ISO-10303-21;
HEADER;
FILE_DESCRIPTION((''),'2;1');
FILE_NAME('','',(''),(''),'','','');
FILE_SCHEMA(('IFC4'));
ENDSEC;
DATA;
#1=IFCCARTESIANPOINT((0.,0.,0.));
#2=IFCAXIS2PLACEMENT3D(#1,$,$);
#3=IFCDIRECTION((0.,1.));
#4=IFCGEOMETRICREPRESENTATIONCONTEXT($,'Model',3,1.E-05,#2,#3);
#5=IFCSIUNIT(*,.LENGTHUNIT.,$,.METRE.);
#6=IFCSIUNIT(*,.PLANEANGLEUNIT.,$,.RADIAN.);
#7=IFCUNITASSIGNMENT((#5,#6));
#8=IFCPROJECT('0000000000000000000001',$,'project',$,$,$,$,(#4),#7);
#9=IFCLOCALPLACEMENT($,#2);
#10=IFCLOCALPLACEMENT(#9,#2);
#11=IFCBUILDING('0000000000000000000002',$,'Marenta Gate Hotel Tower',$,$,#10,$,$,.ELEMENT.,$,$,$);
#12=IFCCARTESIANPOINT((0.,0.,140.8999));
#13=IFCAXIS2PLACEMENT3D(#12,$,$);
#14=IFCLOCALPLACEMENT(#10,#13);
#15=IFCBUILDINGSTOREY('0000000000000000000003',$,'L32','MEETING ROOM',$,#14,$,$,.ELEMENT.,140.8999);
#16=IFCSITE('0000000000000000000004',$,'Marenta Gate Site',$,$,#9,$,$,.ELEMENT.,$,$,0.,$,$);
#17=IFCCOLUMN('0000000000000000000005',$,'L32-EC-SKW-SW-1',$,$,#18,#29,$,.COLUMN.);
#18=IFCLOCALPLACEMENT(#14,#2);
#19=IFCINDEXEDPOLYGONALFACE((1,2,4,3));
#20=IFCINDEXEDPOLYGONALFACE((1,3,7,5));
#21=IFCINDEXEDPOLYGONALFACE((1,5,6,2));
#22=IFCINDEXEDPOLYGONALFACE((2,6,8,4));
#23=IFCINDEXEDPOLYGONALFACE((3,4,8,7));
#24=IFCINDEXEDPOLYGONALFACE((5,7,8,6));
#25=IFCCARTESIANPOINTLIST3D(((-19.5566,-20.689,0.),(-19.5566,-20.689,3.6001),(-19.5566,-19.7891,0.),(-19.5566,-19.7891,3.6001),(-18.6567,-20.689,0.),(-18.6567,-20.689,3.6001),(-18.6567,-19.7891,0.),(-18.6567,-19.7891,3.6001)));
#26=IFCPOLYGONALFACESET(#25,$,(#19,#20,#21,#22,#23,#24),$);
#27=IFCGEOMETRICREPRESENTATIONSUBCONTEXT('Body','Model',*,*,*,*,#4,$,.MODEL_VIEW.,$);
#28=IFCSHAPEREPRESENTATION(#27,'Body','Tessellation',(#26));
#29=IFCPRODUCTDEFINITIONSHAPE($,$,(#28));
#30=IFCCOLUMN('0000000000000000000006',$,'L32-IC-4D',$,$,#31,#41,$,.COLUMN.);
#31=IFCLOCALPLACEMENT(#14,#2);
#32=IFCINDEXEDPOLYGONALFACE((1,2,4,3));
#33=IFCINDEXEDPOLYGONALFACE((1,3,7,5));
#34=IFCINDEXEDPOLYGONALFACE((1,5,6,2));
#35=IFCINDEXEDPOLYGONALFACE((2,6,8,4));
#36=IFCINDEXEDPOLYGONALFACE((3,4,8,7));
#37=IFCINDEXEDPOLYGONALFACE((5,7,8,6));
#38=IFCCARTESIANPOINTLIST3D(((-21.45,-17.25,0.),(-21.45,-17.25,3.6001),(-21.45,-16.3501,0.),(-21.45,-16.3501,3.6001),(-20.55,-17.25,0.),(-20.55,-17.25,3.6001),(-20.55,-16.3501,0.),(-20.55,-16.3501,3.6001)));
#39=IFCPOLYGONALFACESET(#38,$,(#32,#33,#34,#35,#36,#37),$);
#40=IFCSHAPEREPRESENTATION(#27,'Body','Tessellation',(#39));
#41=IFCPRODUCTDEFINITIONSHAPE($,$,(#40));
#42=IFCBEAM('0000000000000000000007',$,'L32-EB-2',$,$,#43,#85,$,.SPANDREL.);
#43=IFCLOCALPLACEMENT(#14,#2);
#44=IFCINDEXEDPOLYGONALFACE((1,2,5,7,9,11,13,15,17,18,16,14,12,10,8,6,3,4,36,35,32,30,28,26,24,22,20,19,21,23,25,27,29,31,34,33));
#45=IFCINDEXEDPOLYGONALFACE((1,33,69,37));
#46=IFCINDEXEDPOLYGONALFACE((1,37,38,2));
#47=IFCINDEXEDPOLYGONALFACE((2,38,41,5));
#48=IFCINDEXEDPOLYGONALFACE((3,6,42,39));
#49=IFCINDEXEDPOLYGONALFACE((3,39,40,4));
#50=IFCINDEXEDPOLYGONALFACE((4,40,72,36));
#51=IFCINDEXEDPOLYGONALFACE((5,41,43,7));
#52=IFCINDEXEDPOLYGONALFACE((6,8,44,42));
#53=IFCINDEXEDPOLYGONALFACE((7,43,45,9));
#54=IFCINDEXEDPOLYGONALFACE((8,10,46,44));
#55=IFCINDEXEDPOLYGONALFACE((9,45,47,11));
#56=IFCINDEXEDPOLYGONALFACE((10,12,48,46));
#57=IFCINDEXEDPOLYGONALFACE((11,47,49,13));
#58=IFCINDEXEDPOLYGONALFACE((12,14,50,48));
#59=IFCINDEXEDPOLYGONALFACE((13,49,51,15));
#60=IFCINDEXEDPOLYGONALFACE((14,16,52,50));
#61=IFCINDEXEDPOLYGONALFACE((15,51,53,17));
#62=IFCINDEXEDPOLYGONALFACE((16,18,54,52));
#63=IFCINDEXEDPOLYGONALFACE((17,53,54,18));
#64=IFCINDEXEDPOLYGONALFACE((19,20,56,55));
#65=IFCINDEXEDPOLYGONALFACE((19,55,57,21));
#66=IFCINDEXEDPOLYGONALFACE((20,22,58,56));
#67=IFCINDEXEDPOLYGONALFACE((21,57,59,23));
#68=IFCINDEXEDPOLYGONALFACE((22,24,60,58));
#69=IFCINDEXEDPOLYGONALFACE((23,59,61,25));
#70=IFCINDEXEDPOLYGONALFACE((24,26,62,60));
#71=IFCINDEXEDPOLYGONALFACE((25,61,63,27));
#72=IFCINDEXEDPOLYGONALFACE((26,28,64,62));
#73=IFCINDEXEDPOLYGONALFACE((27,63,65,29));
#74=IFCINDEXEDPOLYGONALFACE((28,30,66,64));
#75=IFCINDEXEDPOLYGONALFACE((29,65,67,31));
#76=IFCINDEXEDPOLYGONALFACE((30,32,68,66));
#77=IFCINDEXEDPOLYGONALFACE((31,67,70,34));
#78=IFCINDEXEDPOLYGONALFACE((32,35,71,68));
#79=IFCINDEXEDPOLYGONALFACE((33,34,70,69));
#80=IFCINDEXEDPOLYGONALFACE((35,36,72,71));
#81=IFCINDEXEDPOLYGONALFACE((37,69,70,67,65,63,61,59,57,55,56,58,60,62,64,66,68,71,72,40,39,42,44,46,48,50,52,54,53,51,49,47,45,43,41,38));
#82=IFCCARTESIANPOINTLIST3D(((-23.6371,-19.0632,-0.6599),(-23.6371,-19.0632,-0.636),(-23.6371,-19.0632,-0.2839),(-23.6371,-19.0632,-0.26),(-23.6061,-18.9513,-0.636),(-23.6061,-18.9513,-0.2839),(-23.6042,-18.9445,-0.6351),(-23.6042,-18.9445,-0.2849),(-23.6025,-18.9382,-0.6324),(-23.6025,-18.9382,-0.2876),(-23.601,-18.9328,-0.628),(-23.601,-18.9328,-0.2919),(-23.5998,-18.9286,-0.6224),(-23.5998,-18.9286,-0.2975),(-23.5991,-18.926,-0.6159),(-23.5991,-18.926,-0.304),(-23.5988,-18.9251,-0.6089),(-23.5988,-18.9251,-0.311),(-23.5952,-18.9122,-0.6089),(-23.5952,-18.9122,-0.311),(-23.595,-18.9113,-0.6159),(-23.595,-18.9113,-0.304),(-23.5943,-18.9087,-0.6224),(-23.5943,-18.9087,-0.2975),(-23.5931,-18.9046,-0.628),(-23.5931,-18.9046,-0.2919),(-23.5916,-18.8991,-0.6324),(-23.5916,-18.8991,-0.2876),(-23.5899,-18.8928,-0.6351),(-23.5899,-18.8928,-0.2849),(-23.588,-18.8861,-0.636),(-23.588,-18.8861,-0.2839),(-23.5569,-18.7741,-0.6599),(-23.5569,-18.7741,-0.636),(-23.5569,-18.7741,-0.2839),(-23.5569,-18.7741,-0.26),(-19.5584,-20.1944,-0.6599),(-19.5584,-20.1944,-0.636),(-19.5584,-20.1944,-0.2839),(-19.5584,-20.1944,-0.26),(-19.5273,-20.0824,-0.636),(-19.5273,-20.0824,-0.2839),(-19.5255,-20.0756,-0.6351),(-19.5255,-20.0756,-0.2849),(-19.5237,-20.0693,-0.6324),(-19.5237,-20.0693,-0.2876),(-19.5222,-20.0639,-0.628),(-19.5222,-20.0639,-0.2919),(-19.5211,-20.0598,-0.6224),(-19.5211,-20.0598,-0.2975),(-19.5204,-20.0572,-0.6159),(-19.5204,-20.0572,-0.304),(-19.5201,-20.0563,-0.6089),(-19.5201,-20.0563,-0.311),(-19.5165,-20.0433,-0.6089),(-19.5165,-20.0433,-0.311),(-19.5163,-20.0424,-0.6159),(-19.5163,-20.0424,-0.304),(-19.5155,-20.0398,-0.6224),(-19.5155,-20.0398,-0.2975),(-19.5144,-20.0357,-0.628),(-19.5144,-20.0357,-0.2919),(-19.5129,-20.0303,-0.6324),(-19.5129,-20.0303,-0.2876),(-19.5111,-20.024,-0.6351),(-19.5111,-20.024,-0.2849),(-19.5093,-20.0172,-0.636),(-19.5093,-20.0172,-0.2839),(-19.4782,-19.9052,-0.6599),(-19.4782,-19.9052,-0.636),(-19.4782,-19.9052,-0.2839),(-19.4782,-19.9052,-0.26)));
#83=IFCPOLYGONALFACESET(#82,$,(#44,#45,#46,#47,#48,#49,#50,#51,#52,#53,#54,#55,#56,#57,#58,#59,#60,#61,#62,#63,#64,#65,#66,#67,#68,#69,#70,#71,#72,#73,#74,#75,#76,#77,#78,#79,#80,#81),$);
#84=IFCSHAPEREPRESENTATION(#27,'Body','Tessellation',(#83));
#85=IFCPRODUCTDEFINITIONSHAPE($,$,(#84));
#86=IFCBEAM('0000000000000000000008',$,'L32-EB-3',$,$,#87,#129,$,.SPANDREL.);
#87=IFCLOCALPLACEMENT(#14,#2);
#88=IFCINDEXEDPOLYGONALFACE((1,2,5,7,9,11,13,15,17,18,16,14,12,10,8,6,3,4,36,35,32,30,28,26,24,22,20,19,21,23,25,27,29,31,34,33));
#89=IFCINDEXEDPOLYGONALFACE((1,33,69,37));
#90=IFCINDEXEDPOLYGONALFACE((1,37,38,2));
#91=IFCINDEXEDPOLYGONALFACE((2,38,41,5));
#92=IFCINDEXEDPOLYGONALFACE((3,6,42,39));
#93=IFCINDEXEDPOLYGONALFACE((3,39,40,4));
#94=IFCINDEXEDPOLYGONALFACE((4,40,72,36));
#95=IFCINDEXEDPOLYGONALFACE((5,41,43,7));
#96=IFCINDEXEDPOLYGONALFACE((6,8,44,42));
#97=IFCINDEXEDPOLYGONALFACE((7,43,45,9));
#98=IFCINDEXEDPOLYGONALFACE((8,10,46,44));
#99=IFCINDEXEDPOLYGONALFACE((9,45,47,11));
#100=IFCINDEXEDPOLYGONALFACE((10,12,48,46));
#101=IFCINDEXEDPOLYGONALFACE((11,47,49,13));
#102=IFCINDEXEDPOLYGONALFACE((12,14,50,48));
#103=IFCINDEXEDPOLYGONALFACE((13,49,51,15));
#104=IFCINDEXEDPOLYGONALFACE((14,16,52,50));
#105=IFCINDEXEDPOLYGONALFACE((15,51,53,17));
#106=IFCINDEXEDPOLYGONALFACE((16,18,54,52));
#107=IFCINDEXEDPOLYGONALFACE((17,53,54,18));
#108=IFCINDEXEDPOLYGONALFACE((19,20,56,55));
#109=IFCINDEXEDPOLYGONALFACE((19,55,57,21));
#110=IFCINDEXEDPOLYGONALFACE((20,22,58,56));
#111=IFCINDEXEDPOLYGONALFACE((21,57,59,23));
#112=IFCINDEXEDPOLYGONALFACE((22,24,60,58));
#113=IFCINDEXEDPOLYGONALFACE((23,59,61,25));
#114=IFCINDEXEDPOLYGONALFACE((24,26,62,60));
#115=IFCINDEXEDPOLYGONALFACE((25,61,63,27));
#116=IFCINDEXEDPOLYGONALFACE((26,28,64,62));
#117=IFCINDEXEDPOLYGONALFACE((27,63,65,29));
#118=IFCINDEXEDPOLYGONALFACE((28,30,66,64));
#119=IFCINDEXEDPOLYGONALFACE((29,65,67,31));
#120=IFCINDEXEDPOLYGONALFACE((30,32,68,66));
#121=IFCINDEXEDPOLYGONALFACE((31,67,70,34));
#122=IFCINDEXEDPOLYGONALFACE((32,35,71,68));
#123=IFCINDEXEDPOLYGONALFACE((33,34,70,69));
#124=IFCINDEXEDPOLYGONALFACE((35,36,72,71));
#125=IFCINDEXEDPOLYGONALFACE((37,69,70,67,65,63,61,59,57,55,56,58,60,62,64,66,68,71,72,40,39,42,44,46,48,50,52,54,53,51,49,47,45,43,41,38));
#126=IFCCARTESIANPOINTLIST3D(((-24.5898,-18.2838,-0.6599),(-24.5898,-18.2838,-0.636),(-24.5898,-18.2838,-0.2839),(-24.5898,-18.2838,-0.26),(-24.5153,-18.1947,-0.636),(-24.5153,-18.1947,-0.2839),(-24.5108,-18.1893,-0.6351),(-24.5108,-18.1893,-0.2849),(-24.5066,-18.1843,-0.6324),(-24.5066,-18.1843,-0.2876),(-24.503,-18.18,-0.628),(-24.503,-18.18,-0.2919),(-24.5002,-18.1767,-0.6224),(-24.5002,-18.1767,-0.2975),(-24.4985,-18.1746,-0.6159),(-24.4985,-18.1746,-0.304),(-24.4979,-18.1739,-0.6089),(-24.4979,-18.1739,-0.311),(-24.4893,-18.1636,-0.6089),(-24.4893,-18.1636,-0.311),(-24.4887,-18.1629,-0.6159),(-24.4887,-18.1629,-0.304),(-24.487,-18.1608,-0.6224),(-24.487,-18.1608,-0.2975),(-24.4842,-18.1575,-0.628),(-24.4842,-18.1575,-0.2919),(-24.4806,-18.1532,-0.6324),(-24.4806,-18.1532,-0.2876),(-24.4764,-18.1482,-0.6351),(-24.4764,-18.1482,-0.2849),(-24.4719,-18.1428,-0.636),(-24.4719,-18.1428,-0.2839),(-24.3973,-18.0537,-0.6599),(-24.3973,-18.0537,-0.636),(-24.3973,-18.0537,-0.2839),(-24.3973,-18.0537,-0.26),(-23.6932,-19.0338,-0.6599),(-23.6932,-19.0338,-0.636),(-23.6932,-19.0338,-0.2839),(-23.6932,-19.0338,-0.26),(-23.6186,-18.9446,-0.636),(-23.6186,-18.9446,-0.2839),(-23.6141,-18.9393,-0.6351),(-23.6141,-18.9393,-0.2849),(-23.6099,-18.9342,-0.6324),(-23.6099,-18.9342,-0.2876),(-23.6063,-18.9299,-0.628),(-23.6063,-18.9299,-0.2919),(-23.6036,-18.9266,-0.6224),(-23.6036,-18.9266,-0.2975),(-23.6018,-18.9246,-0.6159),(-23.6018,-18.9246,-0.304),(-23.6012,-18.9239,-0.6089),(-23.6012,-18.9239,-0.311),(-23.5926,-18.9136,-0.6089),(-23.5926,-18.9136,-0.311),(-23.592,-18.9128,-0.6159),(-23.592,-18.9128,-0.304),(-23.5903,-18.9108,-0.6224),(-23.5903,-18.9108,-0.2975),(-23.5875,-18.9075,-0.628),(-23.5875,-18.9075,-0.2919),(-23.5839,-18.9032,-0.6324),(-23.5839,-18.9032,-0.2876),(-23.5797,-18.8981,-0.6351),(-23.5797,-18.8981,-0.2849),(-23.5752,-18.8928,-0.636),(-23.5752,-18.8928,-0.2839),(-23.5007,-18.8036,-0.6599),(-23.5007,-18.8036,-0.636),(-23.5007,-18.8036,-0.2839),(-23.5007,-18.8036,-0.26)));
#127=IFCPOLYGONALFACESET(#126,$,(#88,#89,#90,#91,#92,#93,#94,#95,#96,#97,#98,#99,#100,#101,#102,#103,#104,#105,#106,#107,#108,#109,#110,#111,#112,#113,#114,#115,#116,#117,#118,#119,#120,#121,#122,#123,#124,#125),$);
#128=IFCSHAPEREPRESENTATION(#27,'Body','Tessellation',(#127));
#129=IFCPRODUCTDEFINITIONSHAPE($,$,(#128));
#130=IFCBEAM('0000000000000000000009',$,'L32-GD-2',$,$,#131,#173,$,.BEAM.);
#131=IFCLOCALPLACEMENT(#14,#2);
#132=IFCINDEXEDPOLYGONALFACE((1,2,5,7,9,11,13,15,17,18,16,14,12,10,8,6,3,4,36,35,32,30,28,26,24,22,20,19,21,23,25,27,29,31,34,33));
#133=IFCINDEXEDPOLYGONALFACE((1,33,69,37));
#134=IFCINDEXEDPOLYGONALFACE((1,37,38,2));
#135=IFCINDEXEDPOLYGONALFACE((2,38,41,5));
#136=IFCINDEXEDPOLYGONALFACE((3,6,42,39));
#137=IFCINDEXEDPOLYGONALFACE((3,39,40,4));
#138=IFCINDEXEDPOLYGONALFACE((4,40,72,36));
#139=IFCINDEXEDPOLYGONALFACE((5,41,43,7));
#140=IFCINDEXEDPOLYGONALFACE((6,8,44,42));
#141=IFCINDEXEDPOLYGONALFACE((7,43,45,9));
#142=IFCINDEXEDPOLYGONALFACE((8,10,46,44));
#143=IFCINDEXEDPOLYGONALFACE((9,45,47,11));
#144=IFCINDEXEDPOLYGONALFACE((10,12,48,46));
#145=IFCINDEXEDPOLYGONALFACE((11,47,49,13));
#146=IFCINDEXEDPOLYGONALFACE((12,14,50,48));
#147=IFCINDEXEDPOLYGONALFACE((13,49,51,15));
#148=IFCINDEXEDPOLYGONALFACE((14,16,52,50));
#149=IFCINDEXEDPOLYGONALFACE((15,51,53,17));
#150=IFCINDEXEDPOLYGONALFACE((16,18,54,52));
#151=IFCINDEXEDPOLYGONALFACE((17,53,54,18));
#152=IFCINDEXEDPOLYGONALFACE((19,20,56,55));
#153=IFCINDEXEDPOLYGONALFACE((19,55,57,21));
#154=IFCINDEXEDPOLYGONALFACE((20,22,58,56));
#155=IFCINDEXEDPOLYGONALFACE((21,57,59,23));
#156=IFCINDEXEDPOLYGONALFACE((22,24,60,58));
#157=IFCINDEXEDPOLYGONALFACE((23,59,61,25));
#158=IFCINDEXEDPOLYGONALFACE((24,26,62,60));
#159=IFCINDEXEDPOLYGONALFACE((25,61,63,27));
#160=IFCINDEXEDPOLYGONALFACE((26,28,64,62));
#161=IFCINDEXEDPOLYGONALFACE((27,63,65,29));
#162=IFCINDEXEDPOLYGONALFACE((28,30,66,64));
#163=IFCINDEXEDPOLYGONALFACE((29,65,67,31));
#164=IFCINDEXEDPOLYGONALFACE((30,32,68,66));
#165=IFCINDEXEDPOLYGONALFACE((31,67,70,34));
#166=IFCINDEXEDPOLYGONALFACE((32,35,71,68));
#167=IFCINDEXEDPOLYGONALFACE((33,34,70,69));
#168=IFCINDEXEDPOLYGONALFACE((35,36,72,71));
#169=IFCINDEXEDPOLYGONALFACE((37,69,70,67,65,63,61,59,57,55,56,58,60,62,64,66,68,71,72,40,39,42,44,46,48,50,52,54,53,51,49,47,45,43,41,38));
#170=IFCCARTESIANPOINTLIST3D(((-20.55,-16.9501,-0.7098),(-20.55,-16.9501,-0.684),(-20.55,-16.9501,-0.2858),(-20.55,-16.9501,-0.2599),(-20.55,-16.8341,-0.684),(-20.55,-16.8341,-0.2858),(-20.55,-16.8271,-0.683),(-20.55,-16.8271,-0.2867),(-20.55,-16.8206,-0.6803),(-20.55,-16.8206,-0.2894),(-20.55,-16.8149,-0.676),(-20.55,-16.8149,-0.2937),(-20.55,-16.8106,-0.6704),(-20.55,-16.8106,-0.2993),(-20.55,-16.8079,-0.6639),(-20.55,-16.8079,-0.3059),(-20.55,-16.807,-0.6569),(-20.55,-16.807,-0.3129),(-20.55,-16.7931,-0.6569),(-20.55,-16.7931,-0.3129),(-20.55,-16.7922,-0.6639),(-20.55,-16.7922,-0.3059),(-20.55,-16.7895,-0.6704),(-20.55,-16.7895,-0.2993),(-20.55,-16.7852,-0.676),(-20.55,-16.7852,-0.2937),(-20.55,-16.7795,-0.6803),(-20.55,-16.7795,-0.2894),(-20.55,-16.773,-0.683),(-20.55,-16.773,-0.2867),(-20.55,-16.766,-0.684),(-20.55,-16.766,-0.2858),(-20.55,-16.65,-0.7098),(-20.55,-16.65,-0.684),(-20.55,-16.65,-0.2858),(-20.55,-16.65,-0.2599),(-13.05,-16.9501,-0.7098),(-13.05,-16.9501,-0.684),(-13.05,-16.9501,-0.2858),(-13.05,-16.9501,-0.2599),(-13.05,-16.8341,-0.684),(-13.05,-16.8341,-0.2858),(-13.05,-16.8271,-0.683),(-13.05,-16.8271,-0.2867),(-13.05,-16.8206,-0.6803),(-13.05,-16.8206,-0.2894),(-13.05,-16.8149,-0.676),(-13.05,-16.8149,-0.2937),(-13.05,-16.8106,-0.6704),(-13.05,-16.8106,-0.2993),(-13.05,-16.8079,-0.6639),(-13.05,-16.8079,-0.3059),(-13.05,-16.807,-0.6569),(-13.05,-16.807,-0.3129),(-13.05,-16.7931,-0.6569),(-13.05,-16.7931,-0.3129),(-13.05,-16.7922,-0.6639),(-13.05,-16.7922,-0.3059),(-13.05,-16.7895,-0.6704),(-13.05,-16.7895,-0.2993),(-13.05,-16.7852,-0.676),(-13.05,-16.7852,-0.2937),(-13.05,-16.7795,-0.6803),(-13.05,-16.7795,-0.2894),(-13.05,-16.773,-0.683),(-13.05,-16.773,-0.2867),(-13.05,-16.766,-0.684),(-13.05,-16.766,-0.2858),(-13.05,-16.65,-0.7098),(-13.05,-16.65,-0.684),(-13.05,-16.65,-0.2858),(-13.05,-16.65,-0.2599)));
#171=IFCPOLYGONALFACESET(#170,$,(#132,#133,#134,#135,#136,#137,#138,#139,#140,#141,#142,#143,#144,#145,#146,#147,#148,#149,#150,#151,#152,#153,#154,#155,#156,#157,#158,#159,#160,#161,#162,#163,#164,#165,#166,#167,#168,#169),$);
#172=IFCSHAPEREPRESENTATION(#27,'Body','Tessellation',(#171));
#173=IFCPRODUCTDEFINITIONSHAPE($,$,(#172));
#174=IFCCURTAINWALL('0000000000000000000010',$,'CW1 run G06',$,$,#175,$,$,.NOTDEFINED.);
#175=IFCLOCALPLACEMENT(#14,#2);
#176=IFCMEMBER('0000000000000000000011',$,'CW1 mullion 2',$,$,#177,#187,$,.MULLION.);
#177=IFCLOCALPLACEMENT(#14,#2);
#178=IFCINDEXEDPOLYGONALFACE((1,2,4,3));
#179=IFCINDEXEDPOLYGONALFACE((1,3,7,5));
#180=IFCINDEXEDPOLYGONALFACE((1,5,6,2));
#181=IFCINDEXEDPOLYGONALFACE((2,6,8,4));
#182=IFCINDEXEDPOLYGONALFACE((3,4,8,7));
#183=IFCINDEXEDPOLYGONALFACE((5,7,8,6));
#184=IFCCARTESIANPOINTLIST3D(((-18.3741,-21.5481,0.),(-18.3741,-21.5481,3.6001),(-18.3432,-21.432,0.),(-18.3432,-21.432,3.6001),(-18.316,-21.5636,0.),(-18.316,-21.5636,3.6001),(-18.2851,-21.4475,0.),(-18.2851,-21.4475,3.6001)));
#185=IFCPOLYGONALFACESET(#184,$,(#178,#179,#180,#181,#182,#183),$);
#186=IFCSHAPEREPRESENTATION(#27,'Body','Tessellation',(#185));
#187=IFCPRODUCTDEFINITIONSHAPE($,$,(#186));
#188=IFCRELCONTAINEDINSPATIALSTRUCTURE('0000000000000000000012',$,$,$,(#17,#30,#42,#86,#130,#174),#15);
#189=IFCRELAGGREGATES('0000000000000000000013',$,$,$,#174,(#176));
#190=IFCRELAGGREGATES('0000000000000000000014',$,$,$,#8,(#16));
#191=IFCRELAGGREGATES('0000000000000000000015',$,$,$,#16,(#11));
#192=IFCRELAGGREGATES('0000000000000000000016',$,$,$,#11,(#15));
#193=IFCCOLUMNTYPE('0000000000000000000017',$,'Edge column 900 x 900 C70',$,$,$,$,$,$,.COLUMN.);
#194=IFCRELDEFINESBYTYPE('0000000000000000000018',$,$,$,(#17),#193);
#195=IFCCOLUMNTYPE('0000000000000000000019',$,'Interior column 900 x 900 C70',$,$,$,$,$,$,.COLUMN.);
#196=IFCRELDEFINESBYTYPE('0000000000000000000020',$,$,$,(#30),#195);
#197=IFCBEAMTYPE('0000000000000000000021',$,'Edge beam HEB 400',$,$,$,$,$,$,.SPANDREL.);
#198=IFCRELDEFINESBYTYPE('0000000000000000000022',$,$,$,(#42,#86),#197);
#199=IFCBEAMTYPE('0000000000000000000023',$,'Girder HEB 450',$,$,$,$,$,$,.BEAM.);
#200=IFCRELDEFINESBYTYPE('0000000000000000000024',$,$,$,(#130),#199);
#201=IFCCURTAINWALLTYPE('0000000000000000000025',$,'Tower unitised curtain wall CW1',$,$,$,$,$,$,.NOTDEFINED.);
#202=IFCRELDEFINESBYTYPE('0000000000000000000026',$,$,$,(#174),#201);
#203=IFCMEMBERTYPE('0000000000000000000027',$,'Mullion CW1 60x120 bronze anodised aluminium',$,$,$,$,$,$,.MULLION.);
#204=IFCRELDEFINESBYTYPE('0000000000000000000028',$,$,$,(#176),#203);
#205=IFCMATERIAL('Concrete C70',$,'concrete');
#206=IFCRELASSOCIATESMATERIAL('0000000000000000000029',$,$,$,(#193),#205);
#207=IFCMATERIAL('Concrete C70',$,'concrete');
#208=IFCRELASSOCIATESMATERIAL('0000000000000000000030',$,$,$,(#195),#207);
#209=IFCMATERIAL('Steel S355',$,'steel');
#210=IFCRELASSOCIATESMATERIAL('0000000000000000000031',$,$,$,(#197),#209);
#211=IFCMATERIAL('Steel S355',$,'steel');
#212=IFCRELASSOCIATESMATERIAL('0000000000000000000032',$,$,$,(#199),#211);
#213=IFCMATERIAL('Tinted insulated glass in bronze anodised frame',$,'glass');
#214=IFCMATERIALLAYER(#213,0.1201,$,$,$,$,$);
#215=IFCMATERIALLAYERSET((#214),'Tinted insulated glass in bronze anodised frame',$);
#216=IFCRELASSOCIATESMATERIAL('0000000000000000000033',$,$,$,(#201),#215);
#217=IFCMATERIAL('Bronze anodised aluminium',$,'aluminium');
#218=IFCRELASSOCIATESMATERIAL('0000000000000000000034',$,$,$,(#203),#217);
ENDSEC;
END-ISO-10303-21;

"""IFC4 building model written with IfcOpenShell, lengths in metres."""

from ifc_helpers import new_model, si_unit, direction, frame, origin, origin_2d, place, context, subcontext, project, spatial, rectangle, i_section, extrude, material, layer, layer_set, material_profile, profile_set, type_object, element, aggregate, save


model = new_model("IFC4")

# Units and contexts
model_context = context("Model", 3, precision=1e-05, world=origin(), true_north=direction((0.0, 1.0)))
body_context = subcontext(model_context, "Body", "Model", "MODEL_VIEW")
ifc_project = project(units=[si_unit("LENGTHUNIT", "METRE"), si_unit("PLANEANGLEUNIT", "RADIAN")], contexts=[model_context])

# Site, building, storey
site_placement = place(None, origin())
site = spatial("IfcSite", under=ifc_project, at=site_placement, Name="Marenta Gate Site", CompositionType="ELEMENT", RefElevation=0.0)
building_placement = place(site_placement, origin())
building = spatial("IfcBuilding", under=site, at=building_placement, Name="Marenta Gate Hotel Tower", CompositionType="ELEMENT")
storey_placement = place(building_placement, frame((0.0, 0.0, 140.8999)))
storey = spatial("IfcBuildingStorey", under=building, at=storey_placement, Name="L32", Description="MEETING ROOM", CompositionType="ELEMENT", Elevation=140.8999)

# Columns
ifc_material_1 = material(Name="Concrete C70", Category="concrete")
ifc_material_profile_1 = material_profile(ifc_material_1, rectangle(XDim=0.8999, YDim=0.8999, at=origin_2d()), Name="900 x 900")
ifc_profile_set_1 = profile_set([ifc_material_profile_1], Name="Concrete C70")
column_type_1 = type_object("IfcColumnType", Name="Edge column 900 x 900 C70", PredefinedType="COLUMN", material=ifc_profile_set_1)
column_1_placement = place(storey_placement, frame((-19.1067, -20.239, 0.0), z_axis=(0.0, 0.0, 1.0), x_axis=(1.0, 0.0, 0.0)))
element("IfcColumn", 1, at=column_1_placement, inside=storey, type_object=column_type_1, Name="L32-EC-SKW-SW-1", PredefinedType="COLUMN", context=body_context, shape_type="SweptSolid", body=[
    extrude(rectangle(XDim=0.8999, YDim=0.8999, at=origin_2d()), origin(), (0.0, 0.0, 1.0), 3.6001),
])
ifc_material_2 = material(Name="Concrete C70", Category="concrete")
ifc_material_profile_2 = material_profile(ifc_material_2, rectangle(XDim=0.8999, YDim=0.8999, at=origin_2d()), Name="900 x 900")
ifc_profile_set_2 = profile_set([ifc_material_profile_2], Name="Concrete C70")
column_type_2 = type_object("IfcColumnType", Name="Interior column 900 x 900 C70", PredefinedType="COLUMN", material=ifc_profile_set_2)
column_2_placement = place(storey_placement, frame((-21.0, -16.8, 0.0), z_axis=(0.0, 0.0, 1.0), x_axis=(1.0, 0.0, 0.0)))
element("IfcColumn", 2, at=column_2_placement, inside=storey, type_object=column_type_2, Name="L32-IC-4D", PredefinedType="COLUMN", context=body_context, shape_type="SweptSolid", body=[
    extrude(rectangle(XDim=0.8999, YDim=0.8999, at=origin_2d()), origin(), (0.0, 0.0, 1.0), 3.6001),
])

# Beams
ifc_material_3 = material(Name="Steel S355", Category="steel")
ifc_material_profile_3 = material_profile(ifc_material_3, i_section(OverallWidth=0.3, OverallDepth=0.3999, WebThickness=0.0134, FlangeThickness=0.0239, FilletRadius=0.0271, at=origin_2d()), Name="HEB 400")
ifc_profile_set_3 = profile_set([ifc_material_profile_3], Name="Steel S355")
beam_type_1 = type_object("IfcBeamType", Name="Edge beam HEB 400", PredefinedType="SPANDREL", material=ifc_profile_set_3)
beam_1_placement = place(storey_placement, frame((-19.5183, -20.0498, -0.46), z_axis=(-0.96363, 0.267239, 0.0), x_axis=(-0.267239, -0.96363, 0.0)))
element("IfcBeam", 3, at=beam_1_placement, inside=storey, type_object=beam_type_1, Name="L32-EB-2", PredefinedType="SPANDREL", context=body_context, shape_type="SweptSolid", body=[
    extrude(i_section(OverallWidth=0.3, OverallDepth=0.3999, WebThickness=0.0134, FlangeThickness=0.0239, FilletRadius=0.0271, at=origin_2d()), origin(), (0.0, 0.0, 1.0), 4.2327),
])
beam_2_placement = place(storey_placement, frame((-23.5969, -18.9187, -0.46), z_axis=(-0.767073, 0.64156, 0.0), x_axis=(-0.64156, -0.767073, 0.0)))
element("IfcBeam", 4, at=beam_2_placement, inside=storey, type_object=beam_type_1, Name="L32-EB-3", PredefinedType="SPANDREL", context=body_context, shape_type="SweptSolid", body=[
    extrude(i_section(OverallWidth=0.3, OverallDepth=0.3999, WebThickness=0.0134, FlangeThickness=0.0239, FilletRadius=0.0271, at=origin_2d()), origin(), (0.0, 0.0, 1.0), 1.1689),
])
ifc_material_4 = material(Name="Steel S355", Category="steel")
ifc_material_profile_4 = material_profile(ifc_material_4, i_section(OverallWidth=0.3, OverallDepth=0.45, WebThickness=0.0139, FlangeThickness=0.0259, FilletRadius=0.0271, at=origin_2d()), Name="HEB 450")
ifc_profile_set_4 = profile_set([ifc_material_profile_4], Name="Steel S355")
beam_type_2 = type_object("IfcBeamType", Name="Girder HEB 450", PredefinedType="BEAM", material=ifc_profile_set_4)
beam_3_placement = place(storey_placement, frame((-20.55, -16.8, -0.4849), z_axis=(1.0, 0.0, 0.0), x_axis=(0.0, 1.0, 0.0)))
element("IfcBeam", 5, at=beam_3_placement, inside=storey, type_object=beam_type_2, Name="L32-GD-2", PredefinedType="BEAM", context=body_context, shape_type="SweptSolid", body=[
    extrude(i_section(OverallWidth=0.3, OverallDepth=0.45, WebThickness=0.0139, FlangeThickness=0.0259, FilletRadius=0.0271, at=origin_2d()), origin(), (0.0, 0.0, 1.0), 7.5),
])

# Curtain wall, member
ifc_material_5 = material(Name="Tinted insulated glass in bronze anodised frame", Category="glass")
ifc_layer_1 = layer(ifc_material_5, 0.1201)
ifc_layer_set_1 = layer_set([ifc_layer_1], Name="Tinted insulated glass in bronze anodised frame")
curtain_wall_type = type_object("IfcCurtainWallType", Name="Tower unitised curtain wall CW1", PredefinedType="NOTDEFINED", material=ifc_layer_set_1)
curtain_wall_placement = place(storey_placement, origin())
curtain_wall = element("IfcCurtainWall", 6, at=curtain_wall_placement, inside=storey, type_object=curtain_wall_type, Name="CW1 run G06", PredefinedType="NOTDEFINED")
ifc_material_6 = material(Name="Bronze anodised aluminium", Category="aluminium")
ifc_material_profile_5 = material_profile(ifc_material_6, rectangle(XDim=0.1201, YDim=0.0601, at=origin_2d()), Name="Mullion CW1 60x120 bronze anodised aluminium")
ifc_profile_set_5 = profile_set([ifc_material_profile_5], Name="Bronze anodised aluminium")
member_type_1 = type_object("IfcMemberType", Name="Mullion CW1 60x120 bronze anodised aluminium", PredefinedType="MULLION", material=ifc_profile_set_5)
member_1_placement = place(storey_placement, frame((-18.3296, -21.4978, 0.0), z_axis=(0.0, 0.0, 1.0), x_axis=(0.257144, 0.966373, 0.0)))
member_1 = element("IfcMember", 7, at=member_1_placement, type_object=member_type_1, Name="CW1 mullion 2", PredefinedType="MULLION", context=body_context, shape_type="SweptSolid", body=[
    extrude(rectangle(XDim=0.1201, YDim=0.0601, at=origin_2d()), origin(), (0.0, 0.0, 1.0), 3.6001),
])
aggregate(curtain_wall, [member_1])

save(model, "model.ifc")
